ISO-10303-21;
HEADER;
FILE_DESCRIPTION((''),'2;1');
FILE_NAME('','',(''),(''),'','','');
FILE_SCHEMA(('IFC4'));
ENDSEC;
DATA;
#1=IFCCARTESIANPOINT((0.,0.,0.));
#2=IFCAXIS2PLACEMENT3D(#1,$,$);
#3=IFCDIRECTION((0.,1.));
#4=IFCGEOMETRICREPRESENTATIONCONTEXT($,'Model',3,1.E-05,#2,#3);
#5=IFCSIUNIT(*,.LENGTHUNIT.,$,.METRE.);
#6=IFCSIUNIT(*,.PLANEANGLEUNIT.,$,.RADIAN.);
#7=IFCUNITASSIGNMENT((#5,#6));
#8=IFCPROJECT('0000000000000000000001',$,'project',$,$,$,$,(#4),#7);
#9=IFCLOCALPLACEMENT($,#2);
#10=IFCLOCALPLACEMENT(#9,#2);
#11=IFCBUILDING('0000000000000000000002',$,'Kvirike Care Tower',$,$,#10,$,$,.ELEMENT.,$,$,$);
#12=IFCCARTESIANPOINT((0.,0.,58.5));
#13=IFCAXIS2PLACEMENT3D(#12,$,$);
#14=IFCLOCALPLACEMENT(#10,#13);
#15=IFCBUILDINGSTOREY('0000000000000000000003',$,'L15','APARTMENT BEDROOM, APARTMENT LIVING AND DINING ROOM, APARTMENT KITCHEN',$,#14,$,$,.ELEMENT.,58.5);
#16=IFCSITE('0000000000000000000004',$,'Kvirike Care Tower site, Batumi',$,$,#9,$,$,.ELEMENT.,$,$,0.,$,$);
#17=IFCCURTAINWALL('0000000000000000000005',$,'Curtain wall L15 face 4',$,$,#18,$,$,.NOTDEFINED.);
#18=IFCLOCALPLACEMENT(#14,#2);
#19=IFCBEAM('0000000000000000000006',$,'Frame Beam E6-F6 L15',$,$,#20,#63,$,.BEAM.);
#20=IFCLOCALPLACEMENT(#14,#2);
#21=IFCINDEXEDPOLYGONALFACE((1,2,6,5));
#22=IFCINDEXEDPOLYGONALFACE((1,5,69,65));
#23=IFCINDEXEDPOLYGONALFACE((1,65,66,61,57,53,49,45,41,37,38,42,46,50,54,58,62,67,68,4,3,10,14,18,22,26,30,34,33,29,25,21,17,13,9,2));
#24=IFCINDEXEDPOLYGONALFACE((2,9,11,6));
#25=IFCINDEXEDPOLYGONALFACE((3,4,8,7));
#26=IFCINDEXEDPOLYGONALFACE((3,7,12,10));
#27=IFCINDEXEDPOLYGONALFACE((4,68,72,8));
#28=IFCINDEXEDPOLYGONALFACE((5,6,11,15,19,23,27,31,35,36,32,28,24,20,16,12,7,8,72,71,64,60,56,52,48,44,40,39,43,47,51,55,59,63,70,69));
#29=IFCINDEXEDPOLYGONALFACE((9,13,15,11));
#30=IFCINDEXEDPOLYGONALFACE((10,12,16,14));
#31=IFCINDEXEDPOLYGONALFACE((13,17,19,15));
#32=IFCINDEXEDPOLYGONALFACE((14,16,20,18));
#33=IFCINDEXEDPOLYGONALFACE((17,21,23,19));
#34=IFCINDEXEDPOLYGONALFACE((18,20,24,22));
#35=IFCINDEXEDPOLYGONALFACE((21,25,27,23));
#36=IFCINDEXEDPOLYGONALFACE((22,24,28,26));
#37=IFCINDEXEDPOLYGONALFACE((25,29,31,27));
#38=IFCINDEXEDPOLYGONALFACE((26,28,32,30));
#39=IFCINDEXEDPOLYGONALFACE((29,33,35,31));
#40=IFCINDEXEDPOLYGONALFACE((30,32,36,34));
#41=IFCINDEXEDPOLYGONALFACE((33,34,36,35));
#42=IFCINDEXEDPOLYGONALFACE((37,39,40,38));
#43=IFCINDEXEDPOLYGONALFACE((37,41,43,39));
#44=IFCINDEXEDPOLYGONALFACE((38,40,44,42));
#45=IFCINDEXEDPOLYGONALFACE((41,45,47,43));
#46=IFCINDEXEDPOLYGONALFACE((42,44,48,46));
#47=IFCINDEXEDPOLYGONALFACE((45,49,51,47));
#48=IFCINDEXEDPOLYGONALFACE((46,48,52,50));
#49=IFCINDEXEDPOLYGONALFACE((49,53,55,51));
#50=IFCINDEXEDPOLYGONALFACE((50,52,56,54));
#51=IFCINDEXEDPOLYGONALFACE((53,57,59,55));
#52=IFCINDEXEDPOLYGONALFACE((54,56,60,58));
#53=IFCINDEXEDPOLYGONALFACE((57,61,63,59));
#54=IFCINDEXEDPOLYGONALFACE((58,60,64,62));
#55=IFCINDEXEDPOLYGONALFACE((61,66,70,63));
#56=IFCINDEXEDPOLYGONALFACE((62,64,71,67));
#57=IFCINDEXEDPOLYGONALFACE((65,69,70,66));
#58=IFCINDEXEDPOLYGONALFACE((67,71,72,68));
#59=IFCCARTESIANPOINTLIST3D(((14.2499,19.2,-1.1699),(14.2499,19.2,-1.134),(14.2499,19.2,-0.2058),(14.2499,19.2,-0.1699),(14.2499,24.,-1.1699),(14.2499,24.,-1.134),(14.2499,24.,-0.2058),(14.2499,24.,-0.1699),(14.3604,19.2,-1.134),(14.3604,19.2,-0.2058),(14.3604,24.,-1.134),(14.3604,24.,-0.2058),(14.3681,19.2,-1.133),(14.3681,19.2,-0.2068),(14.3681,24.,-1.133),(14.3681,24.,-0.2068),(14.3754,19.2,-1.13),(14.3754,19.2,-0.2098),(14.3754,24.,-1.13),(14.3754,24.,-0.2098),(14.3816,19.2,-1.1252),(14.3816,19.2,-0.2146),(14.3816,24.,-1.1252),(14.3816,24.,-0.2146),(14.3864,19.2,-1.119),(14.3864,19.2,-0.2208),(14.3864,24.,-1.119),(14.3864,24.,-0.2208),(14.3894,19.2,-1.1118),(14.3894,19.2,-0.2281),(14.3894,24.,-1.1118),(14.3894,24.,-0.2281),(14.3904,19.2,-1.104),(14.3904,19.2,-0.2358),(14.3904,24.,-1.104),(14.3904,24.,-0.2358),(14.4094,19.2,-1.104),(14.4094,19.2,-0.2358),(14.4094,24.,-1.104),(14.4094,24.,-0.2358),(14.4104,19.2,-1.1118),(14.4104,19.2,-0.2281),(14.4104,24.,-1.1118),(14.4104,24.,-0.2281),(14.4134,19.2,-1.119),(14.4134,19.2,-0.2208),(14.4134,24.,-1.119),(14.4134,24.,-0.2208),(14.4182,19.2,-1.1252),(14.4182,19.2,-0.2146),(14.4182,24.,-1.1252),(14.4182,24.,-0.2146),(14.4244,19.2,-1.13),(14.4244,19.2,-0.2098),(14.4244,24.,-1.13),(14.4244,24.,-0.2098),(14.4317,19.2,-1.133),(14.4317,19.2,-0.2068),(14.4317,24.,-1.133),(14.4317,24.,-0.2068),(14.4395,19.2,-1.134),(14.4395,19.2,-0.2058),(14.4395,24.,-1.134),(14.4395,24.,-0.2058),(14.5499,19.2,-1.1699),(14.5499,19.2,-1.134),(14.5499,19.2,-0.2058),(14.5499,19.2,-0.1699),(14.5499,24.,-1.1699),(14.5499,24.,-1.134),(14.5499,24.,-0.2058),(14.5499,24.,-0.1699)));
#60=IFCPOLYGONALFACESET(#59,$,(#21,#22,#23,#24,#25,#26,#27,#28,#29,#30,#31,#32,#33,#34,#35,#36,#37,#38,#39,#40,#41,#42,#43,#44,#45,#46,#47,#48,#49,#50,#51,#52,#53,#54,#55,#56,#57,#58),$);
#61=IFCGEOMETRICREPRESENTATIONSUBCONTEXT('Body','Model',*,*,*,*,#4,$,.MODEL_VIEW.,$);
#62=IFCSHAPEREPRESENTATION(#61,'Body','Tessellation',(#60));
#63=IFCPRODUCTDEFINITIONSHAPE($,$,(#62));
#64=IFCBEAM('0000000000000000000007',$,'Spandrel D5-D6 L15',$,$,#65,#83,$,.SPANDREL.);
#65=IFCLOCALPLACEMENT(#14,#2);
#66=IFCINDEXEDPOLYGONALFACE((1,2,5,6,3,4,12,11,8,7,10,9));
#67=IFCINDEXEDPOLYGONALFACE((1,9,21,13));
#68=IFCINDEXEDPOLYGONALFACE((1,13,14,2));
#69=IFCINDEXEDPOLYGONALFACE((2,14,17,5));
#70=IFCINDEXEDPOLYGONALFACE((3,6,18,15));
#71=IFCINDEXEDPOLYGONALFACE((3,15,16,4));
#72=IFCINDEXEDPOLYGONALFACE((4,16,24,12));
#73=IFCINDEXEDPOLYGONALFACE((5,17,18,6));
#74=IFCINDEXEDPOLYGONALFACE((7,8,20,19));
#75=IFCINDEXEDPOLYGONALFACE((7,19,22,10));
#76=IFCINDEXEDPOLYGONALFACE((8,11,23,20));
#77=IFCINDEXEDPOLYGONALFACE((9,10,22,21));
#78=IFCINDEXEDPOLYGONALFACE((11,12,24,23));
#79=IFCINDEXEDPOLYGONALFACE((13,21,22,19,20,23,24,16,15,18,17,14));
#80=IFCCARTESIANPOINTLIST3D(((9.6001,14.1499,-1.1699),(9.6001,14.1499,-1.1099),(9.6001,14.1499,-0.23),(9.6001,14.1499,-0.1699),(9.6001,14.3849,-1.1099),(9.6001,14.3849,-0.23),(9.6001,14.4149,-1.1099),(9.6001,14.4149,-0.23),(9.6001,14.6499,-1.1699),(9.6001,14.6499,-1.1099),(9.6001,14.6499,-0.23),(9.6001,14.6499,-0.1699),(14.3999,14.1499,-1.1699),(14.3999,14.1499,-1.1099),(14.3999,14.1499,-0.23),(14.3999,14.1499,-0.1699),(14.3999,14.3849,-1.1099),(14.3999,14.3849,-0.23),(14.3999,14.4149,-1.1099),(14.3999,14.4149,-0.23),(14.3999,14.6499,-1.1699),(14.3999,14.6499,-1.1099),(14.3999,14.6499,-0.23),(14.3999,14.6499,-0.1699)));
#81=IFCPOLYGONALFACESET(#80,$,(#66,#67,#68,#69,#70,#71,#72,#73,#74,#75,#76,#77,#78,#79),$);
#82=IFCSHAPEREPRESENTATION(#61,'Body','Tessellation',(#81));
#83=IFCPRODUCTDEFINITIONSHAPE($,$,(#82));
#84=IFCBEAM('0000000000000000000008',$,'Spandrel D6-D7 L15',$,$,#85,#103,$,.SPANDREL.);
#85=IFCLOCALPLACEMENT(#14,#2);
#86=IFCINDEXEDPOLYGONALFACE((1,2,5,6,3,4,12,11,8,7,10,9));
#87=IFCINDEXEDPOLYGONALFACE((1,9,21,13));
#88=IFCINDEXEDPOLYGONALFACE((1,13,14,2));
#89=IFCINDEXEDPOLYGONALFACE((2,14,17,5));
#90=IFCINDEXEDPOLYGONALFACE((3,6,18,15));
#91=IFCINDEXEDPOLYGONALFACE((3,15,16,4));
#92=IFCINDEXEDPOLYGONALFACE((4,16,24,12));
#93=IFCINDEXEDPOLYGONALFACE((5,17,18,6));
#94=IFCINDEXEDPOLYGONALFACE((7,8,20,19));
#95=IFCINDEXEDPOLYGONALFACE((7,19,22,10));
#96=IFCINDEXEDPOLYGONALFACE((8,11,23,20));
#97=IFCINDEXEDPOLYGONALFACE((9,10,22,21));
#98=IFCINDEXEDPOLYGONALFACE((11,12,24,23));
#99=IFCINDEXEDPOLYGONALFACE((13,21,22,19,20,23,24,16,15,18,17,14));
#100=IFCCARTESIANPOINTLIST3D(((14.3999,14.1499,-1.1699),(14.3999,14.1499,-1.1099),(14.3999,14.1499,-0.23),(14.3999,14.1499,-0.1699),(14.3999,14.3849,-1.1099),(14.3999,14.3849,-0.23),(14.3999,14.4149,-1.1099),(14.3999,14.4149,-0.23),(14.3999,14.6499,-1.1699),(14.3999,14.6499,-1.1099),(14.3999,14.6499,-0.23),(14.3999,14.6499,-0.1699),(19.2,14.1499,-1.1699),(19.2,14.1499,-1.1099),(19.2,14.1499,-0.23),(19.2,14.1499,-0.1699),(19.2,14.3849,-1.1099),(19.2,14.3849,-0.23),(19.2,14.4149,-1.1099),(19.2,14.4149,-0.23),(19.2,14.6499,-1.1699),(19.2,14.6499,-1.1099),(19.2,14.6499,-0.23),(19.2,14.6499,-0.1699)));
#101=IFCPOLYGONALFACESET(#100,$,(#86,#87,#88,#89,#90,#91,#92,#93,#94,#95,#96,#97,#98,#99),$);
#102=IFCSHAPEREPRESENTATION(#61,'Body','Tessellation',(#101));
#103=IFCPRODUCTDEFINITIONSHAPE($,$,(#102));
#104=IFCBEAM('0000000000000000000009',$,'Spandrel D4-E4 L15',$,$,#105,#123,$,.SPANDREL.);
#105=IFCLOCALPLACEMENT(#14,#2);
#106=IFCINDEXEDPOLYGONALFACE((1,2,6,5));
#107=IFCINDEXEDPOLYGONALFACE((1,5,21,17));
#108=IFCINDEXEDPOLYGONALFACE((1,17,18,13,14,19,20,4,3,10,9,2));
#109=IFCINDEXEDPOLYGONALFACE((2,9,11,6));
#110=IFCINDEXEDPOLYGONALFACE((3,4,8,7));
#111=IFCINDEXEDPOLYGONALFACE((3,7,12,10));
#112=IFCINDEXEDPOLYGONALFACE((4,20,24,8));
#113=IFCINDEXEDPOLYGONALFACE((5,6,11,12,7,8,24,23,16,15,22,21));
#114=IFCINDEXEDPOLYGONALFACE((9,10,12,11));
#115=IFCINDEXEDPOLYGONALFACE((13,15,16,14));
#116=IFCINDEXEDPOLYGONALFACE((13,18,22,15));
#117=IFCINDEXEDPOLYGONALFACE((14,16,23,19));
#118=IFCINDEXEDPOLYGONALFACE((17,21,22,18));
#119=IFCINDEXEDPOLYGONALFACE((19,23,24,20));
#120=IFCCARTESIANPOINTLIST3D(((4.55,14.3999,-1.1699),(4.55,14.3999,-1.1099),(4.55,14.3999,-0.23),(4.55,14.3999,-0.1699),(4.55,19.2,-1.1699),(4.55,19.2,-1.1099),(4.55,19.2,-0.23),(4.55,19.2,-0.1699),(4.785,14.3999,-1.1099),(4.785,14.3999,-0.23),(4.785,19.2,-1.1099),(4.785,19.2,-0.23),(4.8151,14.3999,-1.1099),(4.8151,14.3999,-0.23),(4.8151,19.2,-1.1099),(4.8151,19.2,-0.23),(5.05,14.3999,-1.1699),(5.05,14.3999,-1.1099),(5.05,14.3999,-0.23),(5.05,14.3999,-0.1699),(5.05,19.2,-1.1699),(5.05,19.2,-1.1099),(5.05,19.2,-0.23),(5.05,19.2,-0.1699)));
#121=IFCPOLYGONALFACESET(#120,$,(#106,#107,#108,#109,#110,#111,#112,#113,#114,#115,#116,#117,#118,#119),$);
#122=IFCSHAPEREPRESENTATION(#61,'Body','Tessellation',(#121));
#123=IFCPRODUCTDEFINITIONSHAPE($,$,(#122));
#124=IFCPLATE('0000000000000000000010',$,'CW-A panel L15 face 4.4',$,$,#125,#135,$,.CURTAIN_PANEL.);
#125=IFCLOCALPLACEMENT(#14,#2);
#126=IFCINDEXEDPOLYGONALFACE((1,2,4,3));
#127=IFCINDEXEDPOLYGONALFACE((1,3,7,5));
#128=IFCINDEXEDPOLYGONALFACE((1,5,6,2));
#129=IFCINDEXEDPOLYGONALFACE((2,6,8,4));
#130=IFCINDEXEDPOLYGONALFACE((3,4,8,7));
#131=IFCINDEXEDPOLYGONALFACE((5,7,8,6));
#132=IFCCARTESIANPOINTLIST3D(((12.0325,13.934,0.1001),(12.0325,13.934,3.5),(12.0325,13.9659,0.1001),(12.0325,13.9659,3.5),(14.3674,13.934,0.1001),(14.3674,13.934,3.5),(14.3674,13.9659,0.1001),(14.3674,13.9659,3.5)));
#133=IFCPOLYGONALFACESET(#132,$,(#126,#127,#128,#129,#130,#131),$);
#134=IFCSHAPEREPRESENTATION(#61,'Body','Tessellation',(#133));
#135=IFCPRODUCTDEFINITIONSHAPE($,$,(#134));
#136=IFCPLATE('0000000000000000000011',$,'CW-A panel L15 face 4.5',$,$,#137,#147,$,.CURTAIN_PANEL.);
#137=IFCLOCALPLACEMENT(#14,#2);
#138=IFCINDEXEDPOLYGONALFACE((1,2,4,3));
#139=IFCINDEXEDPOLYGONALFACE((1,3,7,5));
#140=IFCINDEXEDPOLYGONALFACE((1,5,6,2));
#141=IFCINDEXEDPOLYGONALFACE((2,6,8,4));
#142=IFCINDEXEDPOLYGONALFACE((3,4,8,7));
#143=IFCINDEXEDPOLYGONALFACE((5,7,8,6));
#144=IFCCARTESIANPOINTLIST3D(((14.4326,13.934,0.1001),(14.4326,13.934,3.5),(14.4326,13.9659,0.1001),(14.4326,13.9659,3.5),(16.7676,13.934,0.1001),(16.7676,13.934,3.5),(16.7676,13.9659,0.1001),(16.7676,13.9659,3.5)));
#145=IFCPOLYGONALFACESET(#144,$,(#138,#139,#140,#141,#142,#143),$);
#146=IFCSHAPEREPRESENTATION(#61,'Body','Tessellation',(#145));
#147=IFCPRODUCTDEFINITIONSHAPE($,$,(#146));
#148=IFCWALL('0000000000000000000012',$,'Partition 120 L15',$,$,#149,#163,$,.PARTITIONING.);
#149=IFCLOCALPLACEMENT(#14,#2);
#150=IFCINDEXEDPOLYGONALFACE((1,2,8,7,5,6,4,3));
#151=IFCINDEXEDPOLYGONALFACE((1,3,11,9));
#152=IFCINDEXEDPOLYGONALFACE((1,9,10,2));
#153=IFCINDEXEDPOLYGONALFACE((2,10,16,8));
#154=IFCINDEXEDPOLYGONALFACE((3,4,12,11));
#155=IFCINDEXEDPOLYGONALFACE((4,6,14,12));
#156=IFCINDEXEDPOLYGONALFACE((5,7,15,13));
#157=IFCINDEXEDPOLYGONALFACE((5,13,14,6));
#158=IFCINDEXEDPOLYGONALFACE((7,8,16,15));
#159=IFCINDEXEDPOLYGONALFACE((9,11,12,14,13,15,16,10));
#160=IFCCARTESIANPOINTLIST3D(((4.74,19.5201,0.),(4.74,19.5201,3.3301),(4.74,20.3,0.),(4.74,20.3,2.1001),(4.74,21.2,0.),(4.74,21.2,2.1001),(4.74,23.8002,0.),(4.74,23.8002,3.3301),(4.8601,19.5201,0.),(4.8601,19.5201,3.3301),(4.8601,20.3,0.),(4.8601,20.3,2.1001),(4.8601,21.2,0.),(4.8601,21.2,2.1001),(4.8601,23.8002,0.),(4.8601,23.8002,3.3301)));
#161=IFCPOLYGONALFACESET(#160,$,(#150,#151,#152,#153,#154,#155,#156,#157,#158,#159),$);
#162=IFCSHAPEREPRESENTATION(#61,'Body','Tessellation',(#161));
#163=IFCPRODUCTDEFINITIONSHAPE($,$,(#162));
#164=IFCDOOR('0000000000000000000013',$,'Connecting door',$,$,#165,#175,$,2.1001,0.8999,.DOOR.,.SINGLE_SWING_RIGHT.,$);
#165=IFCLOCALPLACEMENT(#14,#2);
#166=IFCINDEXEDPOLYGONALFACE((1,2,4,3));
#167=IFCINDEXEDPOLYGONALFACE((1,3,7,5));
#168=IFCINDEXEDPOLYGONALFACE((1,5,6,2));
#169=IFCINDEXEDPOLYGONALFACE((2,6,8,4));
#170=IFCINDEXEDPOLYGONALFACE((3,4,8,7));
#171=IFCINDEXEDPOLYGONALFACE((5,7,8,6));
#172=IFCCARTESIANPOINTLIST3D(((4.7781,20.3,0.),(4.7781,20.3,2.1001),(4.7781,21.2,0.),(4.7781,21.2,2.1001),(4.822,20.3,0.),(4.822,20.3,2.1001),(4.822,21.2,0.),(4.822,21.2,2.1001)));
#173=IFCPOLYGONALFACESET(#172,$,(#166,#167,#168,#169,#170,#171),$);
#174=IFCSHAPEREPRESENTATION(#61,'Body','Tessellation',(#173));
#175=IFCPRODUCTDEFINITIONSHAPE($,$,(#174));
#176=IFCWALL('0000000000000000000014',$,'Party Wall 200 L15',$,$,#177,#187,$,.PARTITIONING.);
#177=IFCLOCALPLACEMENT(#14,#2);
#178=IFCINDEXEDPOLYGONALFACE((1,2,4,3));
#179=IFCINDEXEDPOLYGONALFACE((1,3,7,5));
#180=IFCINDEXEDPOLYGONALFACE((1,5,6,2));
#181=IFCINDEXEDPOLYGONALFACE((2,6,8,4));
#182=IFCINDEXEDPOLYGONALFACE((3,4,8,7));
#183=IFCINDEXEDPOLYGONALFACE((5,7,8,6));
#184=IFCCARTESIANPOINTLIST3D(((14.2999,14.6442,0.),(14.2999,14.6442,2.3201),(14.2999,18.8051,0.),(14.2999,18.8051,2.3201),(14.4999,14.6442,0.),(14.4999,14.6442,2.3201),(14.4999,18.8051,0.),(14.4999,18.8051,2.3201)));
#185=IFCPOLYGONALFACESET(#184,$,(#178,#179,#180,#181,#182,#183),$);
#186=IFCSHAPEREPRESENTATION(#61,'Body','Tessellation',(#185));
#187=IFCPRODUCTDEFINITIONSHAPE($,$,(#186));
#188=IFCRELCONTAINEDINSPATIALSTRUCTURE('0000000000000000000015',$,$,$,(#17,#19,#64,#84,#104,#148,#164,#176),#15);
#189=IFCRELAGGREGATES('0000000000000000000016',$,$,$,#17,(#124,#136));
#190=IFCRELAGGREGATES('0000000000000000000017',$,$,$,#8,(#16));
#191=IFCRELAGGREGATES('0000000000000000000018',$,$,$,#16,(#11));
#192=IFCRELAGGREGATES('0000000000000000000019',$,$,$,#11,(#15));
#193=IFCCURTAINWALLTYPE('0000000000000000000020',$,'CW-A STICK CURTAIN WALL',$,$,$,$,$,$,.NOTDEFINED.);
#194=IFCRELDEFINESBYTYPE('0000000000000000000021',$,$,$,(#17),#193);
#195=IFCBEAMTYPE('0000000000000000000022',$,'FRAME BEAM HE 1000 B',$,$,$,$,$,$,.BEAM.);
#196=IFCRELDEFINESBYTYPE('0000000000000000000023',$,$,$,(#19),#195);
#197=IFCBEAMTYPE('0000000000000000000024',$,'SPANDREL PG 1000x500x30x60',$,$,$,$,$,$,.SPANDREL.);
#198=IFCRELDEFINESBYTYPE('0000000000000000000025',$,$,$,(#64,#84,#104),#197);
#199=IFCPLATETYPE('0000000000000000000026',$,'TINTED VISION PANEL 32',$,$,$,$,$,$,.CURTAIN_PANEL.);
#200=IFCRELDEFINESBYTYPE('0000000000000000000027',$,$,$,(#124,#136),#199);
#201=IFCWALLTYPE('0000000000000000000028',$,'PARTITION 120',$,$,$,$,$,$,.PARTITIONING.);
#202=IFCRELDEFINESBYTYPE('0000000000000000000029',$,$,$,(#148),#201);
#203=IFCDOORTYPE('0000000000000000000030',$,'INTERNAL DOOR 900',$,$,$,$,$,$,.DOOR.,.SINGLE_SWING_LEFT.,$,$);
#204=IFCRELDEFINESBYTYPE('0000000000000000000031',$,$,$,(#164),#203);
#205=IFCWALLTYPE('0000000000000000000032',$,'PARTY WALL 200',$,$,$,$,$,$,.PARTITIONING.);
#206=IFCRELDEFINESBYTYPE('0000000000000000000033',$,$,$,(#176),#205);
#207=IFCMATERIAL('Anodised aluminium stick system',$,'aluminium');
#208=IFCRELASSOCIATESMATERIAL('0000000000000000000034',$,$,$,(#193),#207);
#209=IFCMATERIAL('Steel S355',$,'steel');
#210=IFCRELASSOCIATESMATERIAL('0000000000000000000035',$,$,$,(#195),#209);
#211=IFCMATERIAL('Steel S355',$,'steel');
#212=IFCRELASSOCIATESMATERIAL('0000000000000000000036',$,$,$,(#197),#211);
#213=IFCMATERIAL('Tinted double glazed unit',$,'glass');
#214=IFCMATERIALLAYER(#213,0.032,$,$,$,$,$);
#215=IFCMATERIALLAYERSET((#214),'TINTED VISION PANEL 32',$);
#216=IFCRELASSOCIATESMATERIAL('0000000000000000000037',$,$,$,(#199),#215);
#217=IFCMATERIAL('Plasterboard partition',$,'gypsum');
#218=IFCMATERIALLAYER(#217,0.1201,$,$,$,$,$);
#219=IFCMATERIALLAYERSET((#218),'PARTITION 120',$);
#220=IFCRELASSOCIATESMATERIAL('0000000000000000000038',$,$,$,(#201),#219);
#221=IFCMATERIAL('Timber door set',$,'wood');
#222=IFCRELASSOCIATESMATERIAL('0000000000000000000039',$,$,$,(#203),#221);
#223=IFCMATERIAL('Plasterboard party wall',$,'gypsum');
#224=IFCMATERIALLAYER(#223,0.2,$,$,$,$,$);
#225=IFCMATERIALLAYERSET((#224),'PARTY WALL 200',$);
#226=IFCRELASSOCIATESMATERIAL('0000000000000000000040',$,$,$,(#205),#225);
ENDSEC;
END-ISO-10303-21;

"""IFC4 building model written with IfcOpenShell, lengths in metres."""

from ifc_helpers import new_model, si_unit, direction, frame, frame_2d, origin, origin_2d, place, context, subcontext, project, spatial, rectangle, i_section, extrude, material, layer, layer_set, material_profile, profile_set, type_object, element, fill, aggregate, save


model = new_model("IFC4")

# Units and contexts
model_context = context("Model", 3, precision=1e-05, world=origin(), true_north=direction((0.0, 1.0)))
body_context = subcontext(model_context, "Body", "Model", "MODEL_VIEW")
ifc_project = project(units=[si_unit("LENGTHUNIT", "METRE"), si_unit("PLANEANGLEUNIT", "RADIAN")], contexts=[model_context])

# Site, building, storey
site_placement = place(None, origin())
site = spatial("IfcSite", under=ifc_project, at=site_placement, Name="Kvirike Care Tower site, Batumi", CompositionType="ELEMENT", RefElevation=0.0)
building_placement = place(site_placement, origin())
building = spatial("IfcBuilding", under=site, at=building_placement, Name="Kvirike Care Tower", CompositionType="ELEMENT")
storey_placement = place(building_placement, frame((0.0, 0.0, 58.5)))
storey = spatial("IfcBuildingStorey", under=building, at=storey_placement, Name="L15", Description="APARTMENT BEDROOM, APARTMENT LIVING AND DINING ROOM, APARTMENT KITCHEN", CompositionType="ELEMENT", Elevation=58.5)

# Curtain wall
ifc_material_1 = material(Name="Anodised aluminium stick system", Category="aluminium")
curtain_wall_type = type_object("IfcCurtainWallType", Name="CW-A STICK CURTAIN WALL", PredefinedType="NOTDEFINED", material=ifc_material_1)
curtain_wall_placement = place(storey_placement, origin())
curtain_wall = element("IfcCurtainWall", 1, at=curtain_wall_placement, inside=storey, type_object=curtain_wall_type, Name="Curtain wall L15 face 4", PredefinedType="NOTDEFINED")

# Beams
ifc_material_2 = material(Name="Steel S355", Category="steel")
ifc_material_profile_1 = material_profile(ifc_material_2, i_section(OverallWidth=0.3, OverallDepth=1.0, WebThickness=0.019, FlangeThickness=0.0359, FilletRadius=0.03, at=origin_2d()), Name="HE 1000 B")
ifc_profile_set_1 = profile_set([ifc_material_profile_1], Name="Steel S355")
beam_type_1 = type_object("IfcBeamType", Name="FRAME BEAM HE 1000 B", PredefinedType="BEAM", material=ifc_profile_set_1)
for number, where, z_axis, x_axis, name in (
    (2, (14.3999, 19.2, -0.6699), (0.0, 1.0, 0.0), (-1.0, 0.0, 0.0), "Frame Beam E6-F6 L15"),
):
    element("IfcBeam", number, at=place(storey_placement, frame(where, z_axis=z_axis, x_axis=x_axis)), inside=storey, type_object=beam_type_1, Name=name, PredefinedType="BEAM", context=body_context, shape_type="SweptSolid", body=[
        extrude(i_section(OverallWidth=0.3, OverallDepth=1.0, WebThickness=0.019, FlangeThickness=0.0359, FilletRadius=0.03, at=origin_2d()), origin(), (0.0, 0.0, 1.0), 4.8),
    ])
ifc_material_3 = material(Name="Steel S355", Category="steel")
ifc_material_profile_2 = material_profile(ifc_material_3, i_section(OverallWidth=0.5, OverallDepth=1.0, WebThickness=0.03, FlangeThickness=0.0601, at=origin_2d()), Name="PG 1000x500x30x60")
ifc_profile_set_2 = profile_set([ifc_material_profile_2], Name="Steel S355")
beam_type_2 = type_object("IfcBeamType", Name="SPANDREL PG 1000x500x30x60", PredefinedType="SPANDREL", material=ifc_profile_set_2)
beam_1_placement = place(storey_placement, frame((9.6001, 14.3999, -0.6699), z_axis=(1.0, 0.0, 0.0), x_axis=(0.0, 1.0, 0.0)))
element("IfcBeam", 3, at=beam_1_placement, inside=storey, type_object=beam_type_2, Name="Spandrel D5-D6 L15", PredefinedType="SPANDREL", context=body_context, shape_type="SweptSolid", body=[
    extrude(i_section(OverallWidth=0.5, OverallDepth=1.0, WebThickness=0.03, FlangeThickness=0.0601, at=origin_2d()), origin(), (0.0, 0.0, 1.0), 4.7998),
])
for number, where, z_axis, x_axis, name in (
    (4, (14.3999, 14.3999, -0.6699), (1.0, 0.0, 0.0), (0.0, 1.0, 0.0), "Spandrel D6-D7 L15"),
    (5, (4.8, 14.3999, -0.6699), (0.0, 1.0, 0.0), (-1.0, 0.0, 0.0), "Spandrel D4-E4 L15"),
):
    element("IfcBeam", number, at=place(storey_placement, frame(where, z_axis=z_axis, x_axis=x_axis)), inside=storey, type_object=beam_type_2, Name=name, PredefinedType="SPANDREL", context=body_context, shape_type="SweptSolid", body=[
        extrude(i_section(OverallWidth=0.5, OverallDepth=1.0, WebThickness=0.03, FlangeThickness=0.0601, at=origin_2d()), origin(), (0.0, 0.0, 1.0), 4.8),
    ])

# Plates
ifc_material_4 = material(Name="Tinted double glazed unit", Category="glass")
ifc_layer_1 = layer(ifc_material_4, 0.032)
ifc_layer_set_1 = layer_set([ifc_layer_1], Name="TINTED VISION PANEL 32")
plate_type = type_object("IfcPlateType", Name="TINTED VISION PANEL 32", PredefinedType="CURTAIN_PANEL", material=ifc_layer_set_1)
plate_1_placement = place(storey_placement, frame((13.2, 13.95, 0.1001), z_axis=(0.0, 0.0, 1.0), x_axis=(1.0, 0.0, 0.0)))
plate_1 = element("IfcPlate", 6, at=plate_1_placement, type_object=plate_type, Name="CW-A panel L15 face 4.4", PredefinedType="CURTAIN_PANEL", context=body_context, shape_type="SweptSolid", body=[
    extrude(rectangle(XDim=2.335, YDim=0.032, at=origin_2d()), origin(), (0.0, 0.0, 1.0), 3.3999),
])
plate_2_placement = place(storey_placement, frame((15.6001, 13.95, 0.1001), z_axis=(0.0, 0.0, 1.0), x_axis=(1.0, 0.0, 0.0)))
plate_2 = element("IfcPlate", 7, at=plate_2_placement, type_object=plate_type, Name="CW-A panel L15 face 4.5", PredefinedType="CURTAIN_PANEL", context=body_context, shape_type="SweptSolid", body=[
    extrude(rectangle(XDim=2.335, YDim=0.032, at=origin_2d()), origin(), (0.0, 0.0, 1.0), 3.3999),
])
aggregate(curtain_wall, [plate_1, plate_2])

# Wall, opening, door
ifc_material_5 = material(Name="Plasterboard partition", Category="gypsum")
ifc_layer_2 = layer(ifc_material_5, 0.1201)
ifc_layer_set_2 = layer_set([ifc_layer_2], Name="PARTITION 120")
wall_type_1 = type_object("IfcWallType", Name="PARTITION 120", PredefinedType="PARTITIONING", material=ifc_layer_set_2)
wall_1_placement = place(storey_placement, frame((4.8, 19.52, 0.0), z_axis=(0.0, 0.0, 1.0), x_axis=(0.0, 1.0, 0.0)))
wall_1 = element("IfcWall", 8, at=wall_1_placement, inside=storey, type_object=wall_type_1, Name="Partition 120 L15", PredefinedType="PARTITIONING", context=body_context, shape_type="SweptSolid", body=[
    extrude(rectangle(XDim=4.28, YDim=0.1201, at=frame_2d((2.1401, 0.0))), origin(), (0.0, 0.0, 1.0), 3.3301),
])
opening_placement = place(wall_1_placement, frame((0.78, 0.0, 0.0)))
opening = element("IfcOpeningElement", 9, at=opening_placement, cuts=wall_1, PredefinedType="OPENING", context=body_context, shape_type="SweptSolid", body=[
    extrude(rectangle(XDim=0.8999, YDim=2.1001, at=frame_2d((0.45, 1.05))), frame((0.0, 0.0706, 0.0), z_axis=(0.0, -1.0, 0.0), x_axis=(1.0, 0.0, 0.0)), (0.0, 0.0, 1.0), 0.1411),
])
ifc_material_6 = material(Name="Timber door set", Category="wood")
door_type = type_object("IfcDoorType", Name="INTERNAL DOOR 900", OperationType="SINGLE_SWING_LEFT", PredefinedType="DOOR", material=ifc_material_6)
door_placement = place(opening_placement, origin())
door = element("IfcDoor", 10, at=door_placement, inside=storey, type_object=door_type, Name="Connecting door", OperationType="SINGLE_SWING_RIGHT", OverallHeight=2.1001, OverallWidth=0.8999, PredefinedType="DOOR", context=body_context, shape_type="SweptSolid", body=[
    extrude(rectangle(XDim=0.8999, YDim=2.1001, at=frame_2d((0.45, 1.05))), frame((0.0, 0.022, 0.0), z_axis=(0.0, -1.0, 0.0), x_axis=(1.0, 0.0, 0.0)), (0.0, 0.0, 1.0), 0.0439),
])
fill(opening, door)

# Wall
ifc_material_7 = material(Name="Plasterboard party wall", Category="gypsum")
ifc_layer_3 = layer(ifc_material_7, 0.2)
ifc_layer_set_3 = layer_set([ifc_layer_3], Name="PARTY WALL 200")
wall_type_2 = type_object("IfcWallType", Name="PARTY WALL 200", PredefinedType="PARTITIONING", material=ifc_layer_set_3)
wall_2_placement = place(storey_placement, frame((14.3999, 14.644, 0.0), z_axis=(0.0, 0.0, 1.0), x_axis=(0.0, 1.0, 0.0)))
element("IfcWall", 11, at=wall_2_placement, inside=storey, type_object=wall_type_2, Name="Party Wall 200 L15", PredefinedType="PARTITIONING", context=body_context, shape_type="SweptSolid", body=[
    extrude(rectangle(XDim=4.1609, YDim=0.2, at=frame_2d((2.0806, 0.0))), origin(), (0.0, 0.0, 1.0), 2.3201),
])

save(model, "model.ifc")
